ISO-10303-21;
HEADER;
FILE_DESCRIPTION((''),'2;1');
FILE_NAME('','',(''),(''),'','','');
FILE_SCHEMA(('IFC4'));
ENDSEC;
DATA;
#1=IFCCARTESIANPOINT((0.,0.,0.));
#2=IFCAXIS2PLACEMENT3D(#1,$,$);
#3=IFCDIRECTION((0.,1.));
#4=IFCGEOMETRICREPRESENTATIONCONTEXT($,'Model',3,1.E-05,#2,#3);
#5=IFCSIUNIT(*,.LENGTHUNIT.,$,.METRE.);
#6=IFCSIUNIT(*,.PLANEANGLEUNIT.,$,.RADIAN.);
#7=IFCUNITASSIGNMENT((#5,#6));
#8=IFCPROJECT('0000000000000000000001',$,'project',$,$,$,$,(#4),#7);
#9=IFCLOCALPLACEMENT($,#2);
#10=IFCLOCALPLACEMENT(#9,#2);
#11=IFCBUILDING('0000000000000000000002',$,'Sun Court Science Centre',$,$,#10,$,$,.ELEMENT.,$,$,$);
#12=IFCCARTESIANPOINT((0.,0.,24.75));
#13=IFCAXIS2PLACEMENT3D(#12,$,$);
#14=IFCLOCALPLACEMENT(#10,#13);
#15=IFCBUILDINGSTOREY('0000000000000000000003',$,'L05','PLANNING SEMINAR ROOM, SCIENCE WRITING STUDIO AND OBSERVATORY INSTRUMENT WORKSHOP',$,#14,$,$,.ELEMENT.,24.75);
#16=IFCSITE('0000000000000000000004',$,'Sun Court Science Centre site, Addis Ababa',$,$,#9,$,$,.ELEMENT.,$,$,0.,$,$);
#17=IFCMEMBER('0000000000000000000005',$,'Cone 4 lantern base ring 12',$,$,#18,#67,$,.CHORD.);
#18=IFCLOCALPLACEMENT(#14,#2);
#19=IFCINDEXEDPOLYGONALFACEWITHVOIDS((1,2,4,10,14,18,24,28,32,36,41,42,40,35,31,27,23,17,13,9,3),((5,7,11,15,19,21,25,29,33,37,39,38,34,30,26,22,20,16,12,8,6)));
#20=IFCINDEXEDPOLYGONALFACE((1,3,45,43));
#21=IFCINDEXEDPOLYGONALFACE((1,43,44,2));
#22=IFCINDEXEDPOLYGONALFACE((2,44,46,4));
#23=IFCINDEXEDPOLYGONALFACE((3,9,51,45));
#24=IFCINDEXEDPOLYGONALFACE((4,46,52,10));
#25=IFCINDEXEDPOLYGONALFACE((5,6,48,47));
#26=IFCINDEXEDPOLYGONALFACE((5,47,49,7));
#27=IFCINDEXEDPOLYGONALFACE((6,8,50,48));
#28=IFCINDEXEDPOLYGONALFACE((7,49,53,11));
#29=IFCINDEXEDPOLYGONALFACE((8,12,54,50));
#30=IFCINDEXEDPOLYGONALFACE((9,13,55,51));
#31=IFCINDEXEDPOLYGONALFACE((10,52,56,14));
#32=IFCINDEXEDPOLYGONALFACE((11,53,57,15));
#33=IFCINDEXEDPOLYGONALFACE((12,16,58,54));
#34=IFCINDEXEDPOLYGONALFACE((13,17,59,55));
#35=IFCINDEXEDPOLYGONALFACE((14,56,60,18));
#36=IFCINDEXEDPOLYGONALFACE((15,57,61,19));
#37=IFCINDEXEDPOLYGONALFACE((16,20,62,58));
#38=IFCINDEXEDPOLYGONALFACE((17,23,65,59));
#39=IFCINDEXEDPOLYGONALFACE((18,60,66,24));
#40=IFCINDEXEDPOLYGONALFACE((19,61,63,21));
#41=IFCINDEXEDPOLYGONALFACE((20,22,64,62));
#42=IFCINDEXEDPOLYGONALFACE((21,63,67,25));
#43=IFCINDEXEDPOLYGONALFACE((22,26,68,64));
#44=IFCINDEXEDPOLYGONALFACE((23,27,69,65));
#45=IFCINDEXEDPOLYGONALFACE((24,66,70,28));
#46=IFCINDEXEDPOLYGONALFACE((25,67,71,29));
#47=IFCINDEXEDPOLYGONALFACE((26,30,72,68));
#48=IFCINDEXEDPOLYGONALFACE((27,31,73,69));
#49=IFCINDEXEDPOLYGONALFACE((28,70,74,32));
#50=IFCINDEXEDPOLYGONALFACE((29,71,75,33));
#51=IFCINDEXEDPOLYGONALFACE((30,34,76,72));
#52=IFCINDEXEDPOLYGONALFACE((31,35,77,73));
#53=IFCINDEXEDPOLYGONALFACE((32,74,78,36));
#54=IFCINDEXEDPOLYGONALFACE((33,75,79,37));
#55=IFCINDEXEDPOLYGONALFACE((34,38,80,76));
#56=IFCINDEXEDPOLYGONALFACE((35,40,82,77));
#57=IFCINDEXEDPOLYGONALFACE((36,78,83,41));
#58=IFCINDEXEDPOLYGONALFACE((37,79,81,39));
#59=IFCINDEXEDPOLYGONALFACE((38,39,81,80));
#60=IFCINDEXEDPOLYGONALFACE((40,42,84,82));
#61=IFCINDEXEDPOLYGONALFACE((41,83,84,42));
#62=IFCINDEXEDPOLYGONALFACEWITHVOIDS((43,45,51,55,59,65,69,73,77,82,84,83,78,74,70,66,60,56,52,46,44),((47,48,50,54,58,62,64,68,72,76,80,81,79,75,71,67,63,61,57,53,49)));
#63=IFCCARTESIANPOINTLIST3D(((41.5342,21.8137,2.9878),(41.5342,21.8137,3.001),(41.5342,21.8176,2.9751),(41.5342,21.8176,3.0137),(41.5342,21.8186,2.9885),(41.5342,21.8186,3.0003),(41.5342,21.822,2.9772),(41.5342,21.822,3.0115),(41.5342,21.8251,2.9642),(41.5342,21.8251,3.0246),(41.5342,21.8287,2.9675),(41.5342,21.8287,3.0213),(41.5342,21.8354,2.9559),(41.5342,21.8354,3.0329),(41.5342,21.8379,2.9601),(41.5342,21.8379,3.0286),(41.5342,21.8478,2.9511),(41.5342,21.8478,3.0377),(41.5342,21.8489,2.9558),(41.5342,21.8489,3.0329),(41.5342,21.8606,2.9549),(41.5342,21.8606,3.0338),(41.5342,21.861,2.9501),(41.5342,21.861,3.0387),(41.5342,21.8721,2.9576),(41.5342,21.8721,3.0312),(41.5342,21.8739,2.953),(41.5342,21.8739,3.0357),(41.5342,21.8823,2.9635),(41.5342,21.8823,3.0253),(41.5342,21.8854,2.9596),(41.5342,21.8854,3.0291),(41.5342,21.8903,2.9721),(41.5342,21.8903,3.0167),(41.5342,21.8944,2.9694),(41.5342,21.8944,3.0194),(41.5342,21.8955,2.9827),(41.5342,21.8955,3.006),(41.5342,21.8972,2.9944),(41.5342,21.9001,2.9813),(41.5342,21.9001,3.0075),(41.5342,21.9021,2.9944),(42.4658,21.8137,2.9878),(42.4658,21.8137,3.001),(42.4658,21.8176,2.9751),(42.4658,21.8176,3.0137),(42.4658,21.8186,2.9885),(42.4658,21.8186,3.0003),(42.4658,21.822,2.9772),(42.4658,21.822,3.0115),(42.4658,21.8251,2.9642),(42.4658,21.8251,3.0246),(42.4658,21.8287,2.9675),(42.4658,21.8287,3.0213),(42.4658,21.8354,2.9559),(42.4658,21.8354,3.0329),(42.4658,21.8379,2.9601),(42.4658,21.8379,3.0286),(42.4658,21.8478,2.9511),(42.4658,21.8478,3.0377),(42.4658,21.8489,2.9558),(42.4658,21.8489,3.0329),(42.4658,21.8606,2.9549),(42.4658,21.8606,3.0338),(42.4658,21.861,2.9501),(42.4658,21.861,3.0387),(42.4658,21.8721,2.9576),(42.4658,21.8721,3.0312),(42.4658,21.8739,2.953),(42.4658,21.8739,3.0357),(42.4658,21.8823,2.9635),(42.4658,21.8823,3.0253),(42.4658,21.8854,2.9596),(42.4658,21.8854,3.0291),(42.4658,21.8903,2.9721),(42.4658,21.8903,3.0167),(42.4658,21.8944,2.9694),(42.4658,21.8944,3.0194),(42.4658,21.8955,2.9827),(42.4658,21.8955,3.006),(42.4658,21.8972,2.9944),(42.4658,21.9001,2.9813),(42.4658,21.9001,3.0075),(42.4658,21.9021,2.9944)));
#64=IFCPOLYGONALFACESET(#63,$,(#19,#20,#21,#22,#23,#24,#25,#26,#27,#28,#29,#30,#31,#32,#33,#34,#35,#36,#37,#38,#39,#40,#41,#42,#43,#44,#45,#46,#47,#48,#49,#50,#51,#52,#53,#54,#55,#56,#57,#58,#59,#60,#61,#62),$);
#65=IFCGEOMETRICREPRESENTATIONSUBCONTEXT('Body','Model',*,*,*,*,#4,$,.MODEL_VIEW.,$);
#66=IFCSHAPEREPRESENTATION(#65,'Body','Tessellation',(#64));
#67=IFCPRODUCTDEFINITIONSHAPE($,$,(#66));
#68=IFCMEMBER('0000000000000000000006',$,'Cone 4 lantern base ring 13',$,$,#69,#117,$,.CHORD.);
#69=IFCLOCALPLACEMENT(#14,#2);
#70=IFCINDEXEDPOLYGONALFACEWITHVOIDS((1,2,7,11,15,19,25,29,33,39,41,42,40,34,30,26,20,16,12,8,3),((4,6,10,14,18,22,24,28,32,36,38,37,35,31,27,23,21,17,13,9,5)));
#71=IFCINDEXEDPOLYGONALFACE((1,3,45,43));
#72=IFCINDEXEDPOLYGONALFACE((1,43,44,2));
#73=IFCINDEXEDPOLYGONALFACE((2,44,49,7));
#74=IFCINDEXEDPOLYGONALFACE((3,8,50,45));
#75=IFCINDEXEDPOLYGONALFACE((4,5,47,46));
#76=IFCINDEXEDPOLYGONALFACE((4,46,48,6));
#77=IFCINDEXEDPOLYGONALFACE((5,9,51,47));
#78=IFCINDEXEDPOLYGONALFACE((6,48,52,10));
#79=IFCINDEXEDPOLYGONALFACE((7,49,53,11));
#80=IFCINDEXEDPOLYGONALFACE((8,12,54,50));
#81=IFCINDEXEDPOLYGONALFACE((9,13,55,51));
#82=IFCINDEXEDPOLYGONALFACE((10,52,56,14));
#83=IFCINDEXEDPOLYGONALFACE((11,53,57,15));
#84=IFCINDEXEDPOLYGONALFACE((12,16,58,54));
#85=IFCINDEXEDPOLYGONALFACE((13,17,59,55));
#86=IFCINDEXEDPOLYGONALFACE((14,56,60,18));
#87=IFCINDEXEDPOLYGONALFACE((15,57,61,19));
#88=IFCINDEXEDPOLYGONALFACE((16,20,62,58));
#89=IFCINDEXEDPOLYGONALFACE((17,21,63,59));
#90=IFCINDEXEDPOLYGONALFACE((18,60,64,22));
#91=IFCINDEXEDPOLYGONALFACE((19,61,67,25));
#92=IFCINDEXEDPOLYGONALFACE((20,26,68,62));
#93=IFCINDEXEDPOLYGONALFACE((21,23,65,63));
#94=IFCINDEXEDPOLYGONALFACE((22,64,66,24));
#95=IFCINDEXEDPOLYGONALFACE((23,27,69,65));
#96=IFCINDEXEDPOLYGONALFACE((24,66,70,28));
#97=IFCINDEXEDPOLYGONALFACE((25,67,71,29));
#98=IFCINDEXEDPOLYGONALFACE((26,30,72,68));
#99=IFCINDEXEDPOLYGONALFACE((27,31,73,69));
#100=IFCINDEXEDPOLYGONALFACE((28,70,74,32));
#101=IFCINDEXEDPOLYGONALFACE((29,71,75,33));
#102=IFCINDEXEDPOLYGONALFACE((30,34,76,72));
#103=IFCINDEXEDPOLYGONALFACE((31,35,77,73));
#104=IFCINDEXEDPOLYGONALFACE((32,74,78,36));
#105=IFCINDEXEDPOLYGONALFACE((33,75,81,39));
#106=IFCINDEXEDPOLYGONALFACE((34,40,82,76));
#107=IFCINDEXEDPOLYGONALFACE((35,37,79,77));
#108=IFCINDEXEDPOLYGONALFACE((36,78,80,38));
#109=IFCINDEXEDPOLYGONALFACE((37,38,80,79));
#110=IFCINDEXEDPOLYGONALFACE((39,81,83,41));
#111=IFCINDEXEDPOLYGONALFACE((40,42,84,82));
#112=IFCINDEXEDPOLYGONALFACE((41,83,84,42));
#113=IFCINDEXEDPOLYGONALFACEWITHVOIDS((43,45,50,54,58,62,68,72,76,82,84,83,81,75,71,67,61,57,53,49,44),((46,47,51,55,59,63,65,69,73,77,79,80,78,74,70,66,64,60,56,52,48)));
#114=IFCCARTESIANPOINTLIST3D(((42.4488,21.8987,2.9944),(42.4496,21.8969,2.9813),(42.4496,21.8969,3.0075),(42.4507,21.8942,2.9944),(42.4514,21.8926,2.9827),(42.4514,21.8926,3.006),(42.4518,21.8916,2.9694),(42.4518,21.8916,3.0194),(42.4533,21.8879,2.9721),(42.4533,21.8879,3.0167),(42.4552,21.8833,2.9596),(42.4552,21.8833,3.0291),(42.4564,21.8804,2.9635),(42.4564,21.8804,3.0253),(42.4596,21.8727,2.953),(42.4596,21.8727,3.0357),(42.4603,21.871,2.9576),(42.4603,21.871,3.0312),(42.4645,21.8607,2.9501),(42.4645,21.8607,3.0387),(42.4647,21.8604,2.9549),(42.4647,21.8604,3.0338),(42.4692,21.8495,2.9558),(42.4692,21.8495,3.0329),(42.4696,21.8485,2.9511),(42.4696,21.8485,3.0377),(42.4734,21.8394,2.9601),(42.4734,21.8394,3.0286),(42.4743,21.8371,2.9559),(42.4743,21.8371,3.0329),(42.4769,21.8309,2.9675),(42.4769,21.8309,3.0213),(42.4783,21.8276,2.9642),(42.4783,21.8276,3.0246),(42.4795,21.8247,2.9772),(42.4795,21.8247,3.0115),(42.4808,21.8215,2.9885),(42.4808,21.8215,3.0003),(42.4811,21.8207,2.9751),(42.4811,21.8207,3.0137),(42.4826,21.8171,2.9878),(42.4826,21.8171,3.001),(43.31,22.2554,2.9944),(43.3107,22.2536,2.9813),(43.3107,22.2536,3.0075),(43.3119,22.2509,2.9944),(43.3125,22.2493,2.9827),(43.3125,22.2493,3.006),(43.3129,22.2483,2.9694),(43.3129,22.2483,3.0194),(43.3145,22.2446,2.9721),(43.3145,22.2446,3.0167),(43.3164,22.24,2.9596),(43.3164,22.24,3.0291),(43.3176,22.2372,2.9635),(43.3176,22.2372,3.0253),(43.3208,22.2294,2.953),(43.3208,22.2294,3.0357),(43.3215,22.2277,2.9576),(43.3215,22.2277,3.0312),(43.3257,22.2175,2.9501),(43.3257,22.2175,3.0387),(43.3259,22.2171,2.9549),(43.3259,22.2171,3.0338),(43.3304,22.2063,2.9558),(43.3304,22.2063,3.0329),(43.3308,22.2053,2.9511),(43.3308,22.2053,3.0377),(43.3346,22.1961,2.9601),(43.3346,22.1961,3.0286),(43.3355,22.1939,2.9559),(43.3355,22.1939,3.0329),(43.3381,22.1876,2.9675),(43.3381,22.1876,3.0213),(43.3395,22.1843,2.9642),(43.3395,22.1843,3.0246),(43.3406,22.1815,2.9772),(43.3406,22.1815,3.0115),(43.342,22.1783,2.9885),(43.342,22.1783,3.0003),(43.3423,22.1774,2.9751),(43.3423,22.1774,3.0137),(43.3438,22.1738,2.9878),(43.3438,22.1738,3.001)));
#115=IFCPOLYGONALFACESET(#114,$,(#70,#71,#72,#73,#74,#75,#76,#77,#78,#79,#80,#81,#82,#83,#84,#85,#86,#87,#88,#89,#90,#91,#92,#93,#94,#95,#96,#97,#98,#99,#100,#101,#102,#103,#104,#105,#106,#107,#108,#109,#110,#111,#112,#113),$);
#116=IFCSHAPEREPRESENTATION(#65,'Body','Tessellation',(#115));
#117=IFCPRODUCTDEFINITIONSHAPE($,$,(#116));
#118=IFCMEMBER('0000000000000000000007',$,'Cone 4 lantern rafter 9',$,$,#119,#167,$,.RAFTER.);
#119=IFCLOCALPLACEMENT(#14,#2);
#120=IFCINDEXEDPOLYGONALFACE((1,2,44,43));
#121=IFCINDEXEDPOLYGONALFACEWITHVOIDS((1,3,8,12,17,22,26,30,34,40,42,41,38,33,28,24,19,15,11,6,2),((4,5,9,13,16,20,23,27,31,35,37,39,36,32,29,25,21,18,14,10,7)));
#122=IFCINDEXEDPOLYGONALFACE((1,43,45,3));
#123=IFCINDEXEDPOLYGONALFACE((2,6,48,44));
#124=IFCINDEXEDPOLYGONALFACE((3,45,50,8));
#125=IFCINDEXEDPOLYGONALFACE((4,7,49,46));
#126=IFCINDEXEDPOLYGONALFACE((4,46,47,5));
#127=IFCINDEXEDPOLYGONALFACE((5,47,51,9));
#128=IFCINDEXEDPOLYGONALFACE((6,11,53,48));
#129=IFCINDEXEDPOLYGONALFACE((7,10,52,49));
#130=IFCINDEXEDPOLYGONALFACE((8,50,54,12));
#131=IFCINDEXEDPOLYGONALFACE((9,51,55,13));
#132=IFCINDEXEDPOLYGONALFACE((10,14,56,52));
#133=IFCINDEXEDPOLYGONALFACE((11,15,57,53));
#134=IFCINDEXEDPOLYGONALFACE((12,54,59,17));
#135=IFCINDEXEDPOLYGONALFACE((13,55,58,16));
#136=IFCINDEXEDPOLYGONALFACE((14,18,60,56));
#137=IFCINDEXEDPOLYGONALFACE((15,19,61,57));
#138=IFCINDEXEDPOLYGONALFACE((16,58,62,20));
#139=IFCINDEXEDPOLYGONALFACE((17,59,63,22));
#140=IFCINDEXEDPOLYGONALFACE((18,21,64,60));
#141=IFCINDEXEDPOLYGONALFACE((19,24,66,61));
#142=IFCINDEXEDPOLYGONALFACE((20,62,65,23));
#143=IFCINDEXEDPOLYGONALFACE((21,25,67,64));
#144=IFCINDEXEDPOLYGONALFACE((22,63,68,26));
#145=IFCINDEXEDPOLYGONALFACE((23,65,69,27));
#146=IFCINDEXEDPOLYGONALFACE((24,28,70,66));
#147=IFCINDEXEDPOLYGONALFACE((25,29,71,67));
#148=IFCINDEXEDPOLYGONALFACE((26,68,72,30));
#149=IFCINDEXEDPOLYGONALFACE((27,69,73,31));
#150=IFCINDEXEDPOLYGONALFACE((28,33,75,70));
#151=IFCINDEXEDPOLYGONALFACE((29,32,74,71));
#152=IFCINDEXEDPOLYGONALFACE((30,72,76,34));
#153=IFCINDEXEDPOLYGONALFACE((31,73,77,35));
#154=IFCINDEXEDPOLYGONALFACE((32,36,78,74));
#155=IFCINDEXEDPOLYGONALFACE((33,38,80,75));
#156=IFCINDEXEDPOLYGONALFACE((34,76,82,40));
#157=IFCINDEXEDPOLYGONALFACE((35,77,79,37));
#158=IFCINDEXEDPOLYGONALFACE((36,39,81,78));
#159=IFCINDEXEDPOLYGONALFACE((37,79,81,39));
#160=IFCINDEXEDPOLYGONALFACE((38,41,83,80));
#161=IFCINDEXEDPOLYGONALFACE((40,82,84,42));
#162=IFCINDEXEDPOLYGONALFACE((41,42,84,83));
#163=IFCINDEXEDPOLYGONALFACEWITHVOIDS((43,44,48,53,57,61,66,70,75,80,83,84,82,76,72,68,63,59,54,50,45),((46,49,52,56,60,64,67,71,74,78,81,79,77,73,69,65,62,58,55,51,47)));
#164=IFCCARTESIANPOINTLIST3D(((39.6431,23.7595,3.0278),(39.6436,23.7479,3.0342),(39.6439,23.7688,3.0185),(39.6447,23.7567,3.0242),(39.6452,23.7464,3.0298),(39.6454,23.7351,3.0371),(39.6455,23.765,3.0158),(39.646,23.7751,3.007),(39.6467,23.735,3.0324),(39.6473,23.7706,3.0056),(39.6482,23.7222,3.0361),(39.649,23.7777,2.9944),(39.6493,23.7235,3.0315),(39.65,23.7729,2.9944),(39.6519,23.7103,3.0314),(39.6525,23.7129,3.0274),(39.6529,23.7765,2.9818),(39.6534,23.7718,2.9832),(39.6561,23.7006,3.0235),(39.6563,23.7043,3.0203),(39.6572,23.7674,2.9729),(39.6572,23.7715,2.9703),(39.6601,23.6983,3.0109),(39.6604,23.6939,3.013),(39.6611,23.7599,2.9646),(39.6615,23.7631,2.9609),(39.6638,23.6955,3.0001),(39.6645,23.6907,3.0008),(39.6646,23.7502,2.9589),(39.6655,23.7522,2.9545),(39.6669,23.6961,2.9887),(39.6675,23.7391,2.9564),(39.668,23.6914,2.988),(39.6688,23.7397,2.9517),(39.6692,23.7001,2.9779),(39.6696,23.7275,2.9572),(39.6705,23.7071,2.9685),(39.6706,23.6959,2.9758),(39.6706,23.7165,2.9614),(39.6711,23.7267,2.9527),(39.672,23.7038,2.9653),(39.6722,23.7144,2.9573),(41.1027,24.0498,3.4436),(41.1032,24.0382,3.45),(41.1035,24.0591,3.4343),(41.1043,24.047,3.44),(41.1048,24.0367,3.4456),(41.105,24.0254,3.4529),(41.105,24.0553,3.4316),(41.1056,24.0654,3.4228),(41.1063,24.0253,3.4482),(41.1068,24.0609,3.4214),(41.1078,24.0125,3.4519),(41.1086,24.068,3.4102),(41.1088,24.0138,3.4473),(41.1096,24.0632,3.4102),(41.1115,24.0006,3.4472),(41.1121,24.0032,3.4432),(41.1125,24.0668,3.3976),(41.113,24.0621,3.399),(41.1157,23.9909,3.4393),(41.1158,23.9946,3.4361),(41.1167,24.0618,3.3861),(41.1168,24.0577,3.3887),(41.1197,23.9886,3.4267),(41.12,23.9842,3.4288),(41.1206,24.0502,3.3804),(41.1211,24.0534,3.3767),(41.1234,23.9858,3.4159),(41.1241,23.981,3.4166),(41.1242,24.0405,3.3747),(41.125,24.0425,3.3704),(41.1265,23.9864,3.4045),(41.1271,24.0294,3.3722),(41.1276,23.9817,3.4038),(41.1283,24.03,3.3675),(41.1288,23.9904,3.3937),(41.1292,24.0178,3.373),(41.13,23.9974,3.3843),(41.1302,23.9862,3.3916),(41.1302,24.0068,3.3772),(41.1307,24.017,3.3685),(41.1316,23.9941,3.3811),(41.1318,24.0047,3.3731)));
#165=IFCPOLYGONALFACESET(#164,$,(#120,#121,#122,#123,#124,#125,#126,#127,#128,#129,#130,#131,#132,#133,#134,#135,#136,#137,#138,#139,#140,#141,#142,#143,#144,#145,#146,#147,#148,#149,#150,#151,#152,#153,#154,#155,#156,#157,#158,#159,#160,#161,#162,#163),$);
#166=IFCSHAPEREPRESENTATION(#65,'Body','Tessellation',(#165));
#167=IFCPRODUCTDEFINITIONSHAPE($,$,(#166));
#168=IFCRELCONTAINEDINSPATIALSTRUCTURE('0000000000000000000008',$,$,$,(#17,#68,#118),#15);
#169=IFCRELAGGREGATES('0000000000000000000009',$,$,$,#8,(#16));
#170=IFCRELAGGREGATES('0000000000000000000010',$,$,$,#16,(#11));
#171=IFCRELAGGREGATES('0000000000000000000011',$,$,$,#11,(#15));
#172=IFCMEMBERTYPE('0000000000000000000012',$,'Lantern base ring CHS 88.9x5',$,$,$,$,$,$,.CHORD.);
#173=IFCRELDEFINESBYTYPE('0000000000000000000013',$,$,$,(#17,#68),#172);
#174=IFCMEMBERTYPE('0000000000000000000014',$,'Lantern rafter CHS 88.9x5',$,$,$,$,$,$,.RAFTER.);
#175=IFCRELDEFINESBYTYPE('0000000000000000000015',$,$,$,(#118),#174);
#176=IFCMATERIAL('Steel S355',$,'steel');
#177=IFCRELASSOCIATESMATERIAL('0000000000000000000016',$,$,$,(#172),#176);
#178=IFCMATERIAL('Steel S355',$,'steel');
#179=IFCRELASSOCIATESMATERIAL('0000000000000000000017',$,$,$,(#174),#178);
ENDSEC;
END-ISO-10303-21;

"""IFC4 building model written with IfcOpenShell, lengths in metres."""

from ifc_helpers import new_model, si_unit, direction, frame, origin, origin_2d, place, context, subcontext, project, spatial, hollow_circle, extrude, material, material_profile, profile_set, type_object, element, save


model = new_model("IFC4")

# Units and contexts
model_context = context("Model", 3, precision=1e-05, world=origin(), true_north=direction((0.0, 1.0)))
body_context = subcontext(model_context, "Body", "Model", "MODEL_VIEW")
ifc_project = project(units=[si_unit("LENGTHUNIT", "METRE"), si_unit("PLANEANGLEUNIT", "RADIAN")], contexts=[model_context])

# Site, building, storey
site_placement = place(None, origin())
site = spatial("IfcSite", under=ifc_project, at=site_placement, Name="Sun Court Science Centre site, Addis Ababa", CompositionType="ELEMENT", RefElevation=0.0)
building_placement = place(site_placement, origin())
building = spatial("IfcBuilding", under=site, at=building_placement, Name="Sun Court Science Centre", CompositionType="ELEMENT")
storey_placement = place(building_placement, frame((0.0, 0.0, 24.75)))
storey = spatial("IfcBuildingStorey", under=building, at=storey_placement, Name="L05", Description="PLANNING SEMINAR ROOM, SCIENCE WRITING STUDIO AND OBSERVATORY INSTRUMENT WORKSHOP", CompositionType="ELEMENT", Elevation=24.75)

# Members
ifc_material_1 = material(Name="Steel S355", Category="steel")
ifc_material_profile_1 = material_profile(ifc_material_1, hollow_circle(Radius=0.0444, WallThickness=0.0049, at=origin_2d()), Name="CHS 88.9x5")
ifc_profile_set_1 = profile_set([ifc_material_profile_1], Name="Steel S355")
member_type_1 = type_object("IfcMemberType", Name="Lantern base ring CHS 88.9x5", PredefinedType="CHORD", material=ifc_profile_set_1)
member_1_placement = place(storey_placement, frame((41.5342, 21.8577, 2.9944), z_axis=(1.0, 0.0, 0.0), x_axis=(0.0, 1.0, 0.0)))
element("IfcMember", 1, at=member_1_placement, inside=storey, type_object=member_type_1, Name="Cone 4 lantern base ring 12", PredefinedType="CHORD", context=body_context, shape_type="SweptSolid", body=[
    extrude(hollow_circle(Radius=0.0444, WallThickness=0.0049, at=origin_2d()), origin(), (0.0, 0.0, 1.0), 0.9316),
])
member_2_placement = place(storey_placement, frame((42.4658, 21.8577, 2.9944), z_axis=(0.923873, 0.382699, 0.0), x_axis=(-0.382699, 0.923873, 0.0)))
element("IfcMember", 2, at=member_2_placement, inside=storey, type_object=member_type_1, Name="Cone 4 lantern base ring 13", PredefinedType="CHORD", context=body_context, shape_type="SweptSolid", body=[
    extrude(hollow_circle(Radius=0.0444, WallThickness=0.0049, at=origin_2d()), origin(), (0.0, 0.0, 1.0), 0.9321),
])
ifc_material_2 = material(Name="Steel S355", Category="steel")
ifc_material_profile_2 = material_profile(ifc_material_2, hollow_circle(Radius=0.0444, WallThickness=0.0049, at=origin_2d()), Name="CHS 88.9x5")
ifc_profile_set_2 = profile_set([ifc_material_profile_2], Name="Steel S355")
member_type_2 = type_object("IfcMemberType", Name="Lantern rafter CHS 88.9x5", PredefinedType="RAFTER", material=ifc_profile_set_2)
member_3_placement = place(storey_placement, frame((39.6577, 23.7341, 2.9944), z_axis=(0.94461, 0.187879, 0.269098), x_axis=(-0.195075, 0.980788, 0.0)))
element("IfcMember", 3, at=member_3_placement, inside=storey, type_object=member_type_2, Name="Cone 4 lantern rafter 9", PredefinedType="RAFTER", context=body_context, shape_type="SweptSolid", body=[
    extrude(hollow_circle(Radius=0.0444, WallThickness=0.0049, at=origin_2d()), origin(), (0.0, 0.0, 1.0), 1.5452),
])

save(model, "model.ifc")
